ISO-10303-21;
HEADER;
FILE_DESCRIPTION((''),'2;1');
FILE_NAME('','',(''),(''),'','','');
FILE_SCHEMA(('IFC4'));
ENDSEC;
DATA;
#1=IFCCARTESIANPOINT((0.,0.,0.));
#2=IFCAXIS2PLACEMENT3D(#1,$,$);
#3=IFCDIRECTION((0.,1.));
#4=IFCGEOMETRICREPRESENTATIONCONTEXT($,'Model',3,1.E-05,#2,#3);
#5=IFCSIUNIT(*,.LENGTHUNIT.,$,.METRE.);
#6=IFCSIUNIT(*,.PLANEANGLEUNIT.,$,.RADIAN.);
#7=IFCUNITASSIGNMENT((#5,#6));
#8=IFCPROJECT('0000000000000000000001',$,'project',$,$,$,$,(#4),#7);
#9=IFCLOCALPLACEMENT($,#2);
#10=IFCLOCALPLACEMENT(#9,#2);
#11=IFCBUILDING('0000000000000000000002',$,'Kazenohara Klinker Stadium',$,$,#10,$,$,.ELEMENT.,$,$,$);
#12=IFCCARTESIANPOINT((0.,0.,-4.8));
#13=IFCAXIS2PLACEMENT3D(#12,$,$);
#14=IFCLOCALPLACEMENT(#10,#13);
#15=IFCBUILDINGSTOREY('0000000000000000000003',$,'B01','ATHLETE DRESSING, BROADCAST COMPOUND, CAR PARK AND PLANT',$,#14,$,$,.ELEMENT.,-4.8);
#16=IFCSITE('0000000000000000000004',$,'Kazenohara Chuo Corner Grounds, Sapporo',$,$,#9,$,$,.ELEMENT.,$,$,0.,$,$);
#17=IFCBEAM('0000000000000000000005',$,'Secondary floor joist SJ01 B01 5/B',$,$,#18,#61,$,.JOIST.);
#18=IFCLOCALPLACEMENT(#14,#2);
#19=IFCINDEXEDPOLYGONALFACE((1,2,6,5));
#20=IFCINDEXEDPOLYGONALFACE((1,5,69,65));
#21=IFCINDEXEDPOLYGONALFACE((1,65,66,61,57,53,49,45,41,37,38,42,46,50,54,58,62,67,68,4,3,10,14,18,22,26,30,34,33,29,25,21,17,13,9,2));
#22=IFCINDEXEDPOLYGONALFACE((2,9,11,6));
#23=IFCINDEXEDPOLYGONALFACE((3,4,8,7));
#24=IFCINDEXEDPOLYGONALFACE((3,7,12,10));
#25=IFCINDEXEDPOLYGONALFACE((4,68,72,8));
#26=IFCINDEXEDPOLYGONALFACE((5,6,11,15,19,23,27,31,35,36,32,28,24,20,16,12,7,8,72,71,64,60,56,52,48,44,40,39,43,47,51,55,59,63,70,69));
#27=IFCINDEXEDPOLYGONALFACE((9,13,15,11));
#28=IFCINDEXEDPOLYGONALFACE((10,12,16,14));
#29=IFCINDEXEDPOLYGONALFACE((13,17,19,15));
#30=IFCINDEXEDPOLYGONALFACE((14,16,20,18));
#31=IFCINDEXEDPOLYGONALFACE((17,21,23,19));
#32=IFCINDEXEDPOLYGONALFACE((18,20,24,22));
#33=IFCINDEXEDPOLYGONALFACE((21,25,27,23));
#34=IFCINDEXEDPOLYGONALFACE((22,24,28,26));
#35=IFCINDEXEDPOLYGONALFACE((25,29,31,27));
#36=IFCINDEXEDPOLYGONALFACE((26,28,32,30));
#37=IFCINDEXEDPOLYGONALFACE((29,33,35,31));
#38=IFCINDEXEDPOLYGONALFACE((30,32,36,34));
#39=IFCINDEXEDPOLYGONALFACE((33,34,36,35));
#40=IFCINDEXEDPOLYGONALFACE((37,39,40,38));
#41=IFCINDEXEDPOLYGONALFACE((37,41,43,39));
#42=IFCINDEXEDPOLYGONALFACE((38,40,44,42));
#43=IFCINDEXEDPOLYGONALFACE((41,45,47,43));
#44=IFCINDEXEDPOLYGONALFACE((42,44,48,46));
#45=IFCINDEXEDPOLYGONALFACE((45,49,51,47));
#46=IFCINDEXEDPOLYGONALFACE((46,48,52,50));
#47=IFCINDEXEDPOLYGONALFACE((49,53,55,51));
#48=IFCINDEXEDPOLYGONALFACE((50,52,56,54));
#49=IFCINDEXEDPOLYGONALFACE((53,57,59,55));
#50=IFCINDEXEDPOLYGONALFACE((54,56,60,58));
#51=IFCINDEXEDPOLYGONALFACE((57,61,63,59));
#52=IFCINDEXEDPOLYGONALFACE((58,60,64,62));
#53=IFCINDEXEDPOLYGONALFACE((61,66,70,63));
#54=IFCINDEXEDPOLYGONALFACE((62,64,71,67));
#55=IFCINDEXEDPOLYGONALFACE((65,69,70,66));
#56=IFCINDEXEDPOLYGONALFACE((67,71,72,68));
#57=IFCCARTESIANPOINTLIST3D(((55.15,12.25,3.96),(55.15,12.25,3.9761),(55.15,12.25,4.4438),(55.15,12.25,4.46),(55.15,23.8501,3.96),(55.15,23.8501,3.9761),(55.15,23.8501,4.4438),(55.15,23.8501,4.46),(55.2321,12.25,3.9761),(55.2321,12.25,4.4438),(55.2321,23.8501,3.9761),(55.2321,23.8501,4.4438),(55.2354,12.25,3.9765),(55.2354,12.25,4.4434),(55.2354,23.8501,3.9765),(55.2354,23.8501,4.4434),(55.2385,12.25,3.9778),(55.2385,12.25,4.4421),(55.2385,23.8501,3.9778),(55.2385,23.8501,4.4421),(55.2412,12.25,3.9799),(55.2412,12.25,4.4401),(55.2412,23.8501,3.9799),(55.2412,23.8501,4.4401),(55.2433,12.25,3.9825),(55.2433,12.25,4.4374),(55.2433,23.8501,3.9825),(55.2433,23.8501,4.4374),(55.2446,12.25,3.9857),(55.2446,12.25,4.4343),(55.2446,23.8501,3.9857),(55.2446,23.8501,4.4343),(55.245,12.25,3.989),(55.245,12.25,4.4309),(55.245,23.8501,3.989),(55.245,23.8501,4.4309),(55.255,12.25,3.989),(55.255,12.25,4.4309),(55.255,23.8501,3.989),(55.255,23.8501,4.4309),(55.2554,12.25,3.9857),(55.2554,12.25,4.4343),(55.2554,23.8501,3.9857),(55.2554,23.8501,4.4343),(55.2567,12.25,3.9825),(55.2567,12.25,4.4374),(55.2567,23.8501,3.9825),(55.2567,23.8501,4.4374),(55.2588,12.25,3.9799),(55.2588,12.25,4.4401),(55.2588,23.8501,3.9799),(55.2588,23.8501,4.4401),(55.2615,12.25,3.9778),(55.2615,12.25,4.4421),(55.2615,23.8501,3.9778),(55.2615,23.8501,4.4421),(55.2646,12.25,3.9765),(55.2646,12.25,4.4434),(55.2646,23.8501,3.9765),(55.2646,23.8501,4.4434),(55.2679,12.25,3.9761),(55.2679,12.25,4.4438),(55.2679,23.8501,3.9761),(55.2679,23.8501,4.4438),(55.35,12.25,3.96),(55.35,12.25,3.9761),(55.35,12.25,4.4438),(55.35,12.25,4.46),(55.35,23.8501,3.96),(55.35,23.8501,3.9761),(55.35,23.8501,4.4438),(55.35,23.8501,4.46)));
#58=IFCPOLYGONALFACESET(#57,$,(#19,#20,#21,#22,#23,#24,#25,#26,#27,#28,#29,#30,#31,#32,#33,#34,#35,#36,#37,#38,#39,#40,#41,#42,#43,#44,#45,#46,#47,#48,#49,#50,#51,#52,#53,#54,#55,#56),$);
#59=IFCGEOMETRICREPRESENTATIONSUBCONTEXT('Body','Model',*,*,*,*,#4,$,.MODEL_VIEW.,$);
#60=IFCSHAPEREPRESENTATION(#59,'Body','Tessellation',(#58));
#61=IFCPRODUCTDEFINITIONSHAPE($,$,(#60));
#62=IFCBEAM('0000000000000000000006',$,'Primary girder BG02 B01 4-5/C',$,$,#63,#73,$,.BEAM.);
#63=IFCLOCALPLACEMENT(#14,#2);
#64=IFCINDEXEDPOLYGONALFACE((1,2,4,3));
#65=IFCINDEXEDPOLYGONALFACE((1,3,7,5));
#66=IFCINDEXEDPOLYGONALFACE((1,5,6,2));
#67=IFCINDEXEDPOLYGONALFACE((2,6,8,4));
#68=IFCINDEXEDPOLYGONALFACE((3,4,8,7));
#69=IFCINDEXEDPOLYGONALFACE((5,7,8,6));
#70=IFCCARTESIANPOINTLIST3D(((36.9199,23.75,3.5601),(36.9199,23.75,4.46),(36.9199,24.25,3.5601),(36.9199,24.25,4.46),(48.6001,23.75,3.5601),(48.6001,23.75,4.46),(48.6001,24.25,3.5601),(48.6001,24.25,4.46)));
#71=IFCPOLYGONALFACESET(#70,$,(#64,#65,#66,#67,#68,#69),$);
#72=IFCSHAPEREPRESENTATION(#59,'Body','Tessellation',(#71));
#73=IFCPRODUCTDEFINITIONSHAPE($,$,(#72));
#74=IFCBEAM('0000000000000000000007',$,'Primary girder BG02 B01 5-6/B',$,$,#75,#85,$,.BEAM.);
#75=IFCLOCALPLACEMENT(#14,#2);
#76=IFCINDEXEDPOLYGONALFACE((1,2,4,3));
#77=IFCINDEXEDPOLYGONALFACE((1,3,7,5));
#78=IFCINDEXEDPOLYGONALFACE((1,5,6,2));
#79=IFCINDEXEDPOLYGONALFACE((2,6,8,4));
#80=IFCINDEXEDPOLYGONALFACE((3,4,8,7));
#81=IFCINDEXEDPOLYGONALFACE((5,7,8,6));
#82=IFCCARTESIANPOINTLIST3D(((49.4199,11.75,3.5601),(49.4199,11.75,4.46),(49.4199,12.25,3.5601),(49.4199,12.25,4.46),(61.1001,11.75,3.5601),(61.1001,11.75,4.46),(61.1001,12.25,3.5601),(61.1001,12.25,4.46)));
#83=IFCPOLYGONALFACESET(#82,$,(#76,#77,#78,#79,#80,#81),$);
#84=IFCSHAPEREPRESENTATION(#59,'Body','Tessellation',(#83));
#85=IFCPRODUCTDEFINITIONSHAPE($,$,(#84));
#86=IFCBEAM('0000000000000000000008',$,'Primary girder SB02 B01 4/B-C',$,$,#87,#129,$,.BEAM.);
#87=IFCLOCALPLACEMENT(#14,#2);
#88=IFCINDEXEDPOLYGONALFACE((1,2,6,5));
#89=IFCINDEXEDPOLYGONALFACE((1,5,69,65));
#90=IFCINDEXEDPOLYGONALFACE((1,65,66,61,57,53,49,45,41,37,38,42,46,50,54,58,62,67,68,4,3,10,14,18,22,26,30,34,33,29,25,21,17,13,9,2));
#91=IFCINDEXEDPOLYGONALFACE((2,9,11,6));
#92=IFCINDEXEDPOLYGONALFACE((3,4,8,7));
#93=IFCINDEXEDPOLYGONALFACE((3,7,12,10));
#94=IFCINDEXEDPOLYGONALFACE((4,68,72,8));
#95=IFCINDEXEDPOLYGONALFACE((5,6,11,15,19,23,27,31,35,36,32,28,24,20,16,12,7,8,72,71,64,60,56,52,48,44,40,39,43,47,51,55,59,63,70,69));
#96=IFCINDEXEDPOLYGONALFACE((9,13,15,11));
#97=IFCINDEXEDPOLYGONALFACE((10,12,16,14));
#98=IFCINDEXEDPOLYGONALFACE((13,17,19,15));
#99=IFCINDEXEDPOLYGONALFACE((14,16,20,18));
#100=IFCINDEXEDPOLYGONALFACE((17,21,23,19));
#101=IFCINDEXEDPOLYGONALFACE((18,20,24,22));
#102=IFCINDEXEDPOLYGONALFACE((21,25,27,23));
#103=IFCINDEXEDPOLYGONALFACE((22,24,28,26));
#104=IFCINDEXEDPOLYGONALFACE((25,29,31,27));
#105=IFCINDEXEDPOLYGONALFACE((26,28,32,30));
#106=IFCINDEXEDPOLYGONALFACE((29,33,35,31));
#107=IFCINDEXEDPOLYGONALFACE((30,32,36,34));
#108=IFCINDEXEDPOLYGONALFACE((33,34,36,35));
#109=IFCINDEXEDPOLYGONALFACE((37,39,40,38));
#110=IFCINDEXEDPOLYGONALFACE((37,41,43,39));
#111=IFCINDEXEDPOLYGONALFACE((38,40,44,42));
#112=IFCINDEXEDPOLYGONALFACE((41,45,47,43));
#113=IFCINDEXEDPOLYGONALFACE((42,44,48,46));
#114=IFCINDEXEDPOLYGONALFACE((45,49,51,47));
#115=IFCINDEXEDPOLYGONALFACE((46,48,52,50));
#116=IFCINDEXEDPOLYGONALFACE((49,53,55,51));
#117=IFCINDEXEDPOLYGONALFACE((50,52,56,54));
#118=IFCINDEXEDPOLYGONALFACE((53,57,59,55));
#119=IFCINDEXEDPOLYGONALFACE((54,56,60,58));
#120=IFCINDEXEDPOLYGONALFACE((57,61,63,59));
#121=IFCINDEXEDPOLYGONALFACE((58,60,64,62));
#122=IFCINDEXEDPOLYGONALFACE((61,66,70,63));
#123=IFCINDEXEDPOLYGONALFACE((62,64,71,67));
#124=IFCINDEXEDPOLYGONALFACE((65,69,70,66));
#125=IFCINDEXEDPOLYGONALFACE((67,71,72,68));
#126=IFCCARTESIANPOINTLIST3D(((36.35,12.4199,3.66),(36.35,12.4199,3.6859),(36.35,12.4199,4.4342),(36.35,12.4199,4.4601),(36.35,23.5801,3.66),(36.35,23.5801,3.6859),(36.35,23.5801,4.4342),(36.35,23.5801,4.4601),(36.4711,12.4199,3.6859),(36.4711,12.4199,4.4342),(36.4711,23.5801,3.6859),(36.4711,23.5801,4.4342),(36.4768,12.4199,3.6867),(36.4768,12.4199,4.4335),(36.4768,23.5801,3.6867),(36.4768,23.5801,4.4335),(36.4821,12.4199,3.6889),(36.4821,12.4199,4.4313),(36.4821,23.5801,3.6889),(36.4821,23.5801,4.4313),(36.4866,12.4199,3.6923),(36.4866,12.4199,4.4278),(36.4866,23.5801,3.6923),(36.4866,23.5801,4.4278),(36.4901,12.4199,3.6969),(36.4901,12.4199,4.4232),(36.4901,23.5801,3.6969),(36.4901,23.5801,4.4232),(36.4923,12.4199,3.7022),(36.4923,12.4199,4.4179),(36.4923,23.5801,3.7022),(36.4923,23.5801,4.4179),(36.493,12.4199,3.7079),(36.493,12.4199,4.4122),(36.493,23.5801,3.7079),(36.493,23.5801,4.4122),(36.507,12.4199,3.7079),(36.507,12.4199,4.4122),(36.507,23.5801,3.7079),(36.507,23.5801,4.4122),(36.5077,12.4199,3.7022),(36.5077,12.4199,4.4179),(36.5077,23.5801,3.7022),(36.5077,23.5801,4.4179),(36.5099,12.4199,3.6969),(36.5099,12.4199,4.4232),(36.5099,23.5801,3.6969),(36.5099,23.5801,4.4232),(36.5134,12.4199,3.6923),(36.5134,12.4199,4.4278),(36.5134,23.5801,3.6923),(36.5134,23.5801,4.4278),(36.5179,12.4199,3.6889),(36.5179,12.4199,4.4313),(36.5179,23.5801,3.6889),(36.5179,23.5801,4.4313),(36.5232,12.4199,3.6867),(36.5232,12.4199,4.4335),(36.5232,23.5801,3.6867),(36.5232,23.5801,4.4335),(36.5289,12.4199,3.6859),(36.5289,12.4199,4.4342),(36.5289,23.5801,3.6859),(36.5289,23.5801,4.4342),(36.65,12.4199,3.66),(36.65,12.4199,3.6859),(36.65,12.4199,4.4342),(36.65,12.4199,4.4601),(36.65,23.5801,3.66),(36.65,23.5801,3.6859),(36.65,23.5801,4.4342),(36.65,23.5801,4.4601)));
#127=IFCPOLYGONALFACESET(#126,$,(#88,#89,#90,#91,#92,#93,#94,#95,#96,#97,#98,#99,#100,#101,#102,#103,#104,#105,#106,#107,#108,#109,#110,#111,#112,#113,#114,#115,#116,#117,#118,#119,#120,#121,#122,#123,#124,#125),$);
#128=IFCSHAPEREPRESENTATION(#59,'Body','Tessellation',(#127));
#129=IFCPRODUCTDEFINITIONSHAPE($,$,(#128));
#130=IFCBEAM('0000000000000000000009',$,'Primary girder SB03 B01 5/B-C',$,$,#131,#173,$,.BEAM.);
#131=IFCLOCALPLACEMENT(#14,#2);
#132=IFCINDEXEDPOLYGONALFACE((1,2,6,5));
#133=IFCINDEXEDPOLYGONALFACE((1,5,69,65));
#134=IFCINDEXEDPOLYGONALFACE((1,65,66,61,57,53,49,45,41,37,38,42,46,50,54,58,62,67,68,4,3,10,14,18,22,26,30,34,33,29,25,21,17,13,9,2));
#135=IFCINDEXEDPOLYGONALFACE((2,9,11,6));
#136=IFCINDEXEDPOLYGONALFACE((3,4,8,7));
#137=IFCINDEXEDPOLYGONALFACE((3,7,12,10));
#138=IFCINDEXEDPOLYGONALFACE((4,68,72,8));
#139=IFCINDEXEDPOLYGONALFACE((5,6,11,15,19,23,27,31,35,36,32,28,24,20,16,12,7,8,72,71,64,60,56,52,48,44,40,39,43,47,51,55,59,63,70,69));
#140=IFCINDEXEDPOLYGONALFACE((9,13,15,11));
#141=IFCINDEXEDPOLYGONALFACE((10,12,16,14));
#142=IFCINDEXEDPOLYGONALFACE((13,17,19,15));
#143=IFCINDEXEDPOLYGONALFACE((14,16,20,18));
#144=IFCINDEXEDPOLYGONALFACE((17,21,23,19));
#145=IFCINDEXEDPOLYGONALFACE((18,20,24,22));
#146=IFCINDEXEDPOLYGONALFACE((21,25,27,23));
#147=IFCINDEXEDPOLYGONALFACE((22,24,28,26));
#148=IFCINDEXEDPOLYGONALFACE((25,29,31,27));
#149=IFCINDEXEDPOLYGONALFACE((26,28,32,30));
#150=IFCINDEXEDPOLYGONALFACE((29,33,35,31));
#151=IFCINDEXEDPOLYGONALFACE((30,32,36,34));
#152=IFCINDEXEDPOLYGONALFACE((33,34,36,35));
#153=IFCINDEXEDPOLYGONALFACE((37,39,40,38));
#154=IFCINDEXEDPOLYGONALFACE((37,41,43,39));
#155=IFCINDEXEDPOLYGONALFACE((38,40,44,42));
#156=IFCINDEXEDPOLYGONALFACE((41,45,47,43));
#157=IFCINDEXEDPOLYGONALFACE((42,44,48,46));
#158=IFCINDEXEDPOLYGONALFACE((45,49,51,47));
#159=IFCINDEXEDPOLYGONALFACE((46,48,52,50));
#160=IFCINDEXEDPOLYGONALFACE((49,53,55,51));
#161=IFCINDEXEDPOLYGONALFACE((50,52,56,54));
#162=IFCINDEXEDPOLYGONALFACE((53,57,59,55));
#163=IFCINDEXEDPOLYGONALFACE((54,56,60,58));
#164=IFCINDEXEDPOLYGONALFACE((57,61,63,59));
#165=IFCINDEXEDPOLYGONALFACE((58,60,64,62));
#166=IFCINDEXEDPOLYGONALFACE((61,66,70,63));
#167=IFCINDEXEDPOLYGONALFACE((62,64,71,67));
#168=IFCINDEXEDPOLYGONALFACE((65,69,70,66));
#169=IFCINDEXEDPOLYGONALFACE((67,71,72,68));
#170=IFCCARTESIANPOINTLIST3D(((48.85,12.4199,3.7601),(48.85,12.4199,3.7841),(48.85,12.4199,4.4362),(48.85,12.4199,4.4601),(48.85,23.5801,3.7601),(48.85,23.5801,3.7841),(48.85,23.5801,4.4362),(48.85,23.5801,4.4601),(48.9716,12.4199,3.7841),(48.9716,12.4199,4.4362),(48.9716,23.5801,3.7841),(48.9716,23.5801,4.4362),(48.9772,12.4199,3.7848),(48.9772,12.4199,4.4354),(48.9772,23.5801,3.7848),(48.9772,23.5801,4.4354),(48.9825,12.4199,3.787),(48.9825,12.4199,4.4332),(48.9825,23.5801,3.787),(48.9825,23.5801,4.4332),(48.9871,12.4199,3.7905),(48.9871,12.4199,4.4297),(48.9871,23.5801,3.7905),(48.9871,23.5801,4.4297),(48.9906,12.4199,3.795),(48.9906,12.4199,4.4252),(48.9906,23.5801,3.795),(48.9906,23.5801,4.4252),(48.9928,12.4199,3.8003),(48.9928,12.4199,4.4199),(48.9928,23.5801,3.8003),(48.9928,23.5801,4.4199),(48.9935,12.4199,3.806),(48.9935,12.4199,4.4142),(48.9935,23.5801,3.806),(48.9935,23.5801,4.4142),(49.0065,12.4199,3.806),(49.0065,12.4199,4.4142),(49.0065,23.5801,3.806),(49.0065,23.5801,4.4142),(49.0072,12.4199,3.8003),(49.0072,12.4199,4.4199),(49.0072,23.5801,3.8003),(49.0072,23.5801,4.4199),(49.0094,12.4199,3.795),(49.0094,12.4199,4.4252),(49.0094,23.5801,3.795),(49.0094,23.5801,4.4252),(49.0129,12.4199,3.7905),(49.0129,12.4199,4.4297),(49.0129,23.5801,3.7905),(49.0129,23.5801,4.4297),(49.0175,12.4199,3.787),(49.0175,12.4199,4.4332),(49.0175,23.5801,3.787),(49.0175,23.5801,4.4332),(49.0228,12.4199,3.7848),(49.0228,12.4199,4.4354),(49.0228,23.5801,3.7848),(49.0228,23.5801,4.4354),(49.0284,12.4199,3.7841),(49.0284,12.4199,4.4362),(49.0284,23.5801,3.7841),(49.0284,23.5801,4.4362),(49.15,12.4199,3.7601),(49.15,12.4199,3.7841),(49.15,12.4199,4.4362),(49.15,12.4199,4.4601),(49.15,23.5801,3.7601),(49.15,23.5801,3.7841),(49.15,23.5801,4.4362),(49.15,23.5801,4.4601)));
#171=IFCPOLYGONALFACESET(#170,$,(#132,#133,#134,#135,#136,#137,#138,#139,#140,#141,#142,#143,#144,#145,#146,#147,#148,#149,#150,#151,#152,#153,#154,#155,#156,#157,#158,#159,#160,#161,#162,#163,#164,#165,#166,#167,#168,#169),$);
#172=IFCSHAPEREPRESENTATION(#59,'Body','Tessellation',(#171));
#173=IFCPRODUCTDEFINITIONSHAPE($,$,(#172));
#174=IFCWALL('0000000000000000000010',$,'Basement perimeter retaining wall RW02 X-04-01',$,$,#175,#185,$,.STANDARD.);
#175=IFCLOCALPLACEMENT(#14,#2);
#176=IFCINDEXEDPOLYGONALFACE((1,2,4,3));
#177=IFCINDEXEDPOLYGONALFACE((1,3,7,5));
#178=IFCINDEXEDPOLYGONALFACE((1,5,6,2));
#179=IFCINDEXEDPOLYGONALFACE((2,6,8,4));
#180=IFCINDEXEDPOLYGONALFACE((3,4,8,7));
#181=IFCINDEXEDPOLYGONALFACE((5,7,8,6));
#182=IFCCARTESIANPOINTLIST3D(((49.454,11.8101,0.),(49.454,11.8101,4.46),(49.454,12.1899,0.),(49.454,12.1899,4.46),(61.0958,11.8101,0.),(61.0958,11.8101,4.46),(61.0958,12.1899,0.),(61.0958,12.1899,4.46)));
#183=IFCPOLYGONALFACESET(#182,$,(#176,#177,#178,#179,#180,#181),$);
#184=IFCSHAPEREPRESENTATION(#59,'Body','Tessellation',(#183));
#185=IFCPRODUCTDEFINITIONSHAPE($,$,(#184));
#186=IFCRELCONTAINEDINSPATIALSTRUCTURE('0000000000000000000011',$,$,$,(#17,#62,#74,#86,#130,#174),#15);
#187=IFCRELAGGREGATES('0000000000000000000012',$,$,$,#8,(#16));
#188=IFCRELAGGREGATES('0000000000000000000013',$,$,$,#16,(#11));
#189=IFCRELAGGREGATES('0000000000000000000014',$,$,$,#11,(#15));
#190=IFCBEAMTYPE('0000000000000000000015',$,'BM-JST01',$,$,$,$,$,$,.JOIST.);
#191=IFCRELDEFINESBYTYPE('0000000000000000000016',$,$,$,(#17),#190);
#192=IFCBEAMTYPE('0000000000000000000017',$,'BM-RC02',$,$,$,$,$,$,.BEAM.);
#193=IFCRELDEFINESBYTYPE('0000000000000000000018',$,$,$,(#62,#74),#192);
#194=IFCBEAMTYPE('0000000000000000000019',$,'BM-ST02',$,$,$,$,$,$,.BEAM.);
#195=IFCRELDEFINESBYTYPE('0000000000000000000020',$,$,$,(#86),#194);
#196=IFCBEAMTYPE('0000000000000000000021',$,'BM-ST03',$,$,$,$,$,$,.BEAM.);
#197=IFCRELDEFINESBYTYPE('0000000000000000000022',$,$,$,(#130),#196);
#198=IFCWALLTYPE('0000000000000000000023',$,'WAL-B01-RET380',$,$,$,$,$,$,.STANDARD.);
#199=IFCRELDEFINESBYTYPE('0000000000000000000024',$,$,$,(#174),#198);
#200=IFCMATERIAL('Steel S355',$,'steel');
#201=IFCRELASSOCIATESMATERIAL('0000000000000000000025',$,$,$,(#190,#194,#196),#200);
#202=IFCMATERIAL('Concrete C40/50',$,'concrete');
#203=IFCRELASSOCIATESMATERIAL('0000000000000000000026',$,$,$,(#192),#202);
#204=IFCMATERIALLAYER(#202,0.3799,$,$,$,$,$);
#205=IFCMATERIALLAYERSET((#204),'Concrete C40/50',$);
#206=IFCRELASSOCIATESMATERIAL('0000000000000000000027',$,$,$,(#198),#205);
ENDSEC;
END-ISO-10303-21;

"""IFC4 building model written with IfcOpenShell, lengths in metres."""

from ifc_helpers import new_model, si_unit, direction, frame, frame_2d, origin, origin_2d, place, context, subcontext, project, spatial, rectangle, i_section, extrude, material, layer, layer_set, material_profile, profile_set, type_object, element, save


model = new_model("IFC4")

# Units and contexts
model_context = context("Model", 3, precision=1e-05, world=origin(), true_north=direction((0.0, 1.0)))
body_context = subcontext(model_context, "Body", "Model", "MODEL_VIEW")
ifc_project = project(units=[si_unit("LENGTHUNIT", "METRE"), si_unit("PLANEANGLEUNIT", "RADIAN")], contexts=[model_context])

# Site, building, storey
site_placement = place(None, origin())
site = spatial("IfcSite", under=ifc_project, at=site_placement, Name="Kazenohara Chuo Corner Grounds, Sapporo", CompositionType="ELEMENT", RefElevation=0.0)
building_placement = place(site_placement, origin())
building = spatial("IfcBuilding", under=site, at=building_placement, Name="Kazenohara Klinker Stadium", CompositionType="ELEMENT")
storey_placement = place(building_placement, frame((0.0, 0.0, -4.8)))
storey = spatial("IfcBuildingStorey", under=building, at=storey_placement, Name="B01", Description="ATHLETE DRESSING, BROADCAST COMPOUND, CAR PARK AND PLANT", CompositionType="ELEMENT", Elevation=-4.8)

# Shared definitions
ifc_material_1 = material(Name="Concrete C40/50", Category="concrete")

# Beams
ifc_material_2 = material(Name="Steel S355", Category="steel")
ifc_material_profile_1 = material_profile(ifc_material_2, i_section(OverallWidth=0.2, OverallDepth=0.5, WebThickness=0.01, FlangeThickness=0.0161, FilletRadius=0.0129, at=origin_2d()), Name="H-500x200x10x16")
ifc_profile_set_1 = profile_set([ifc_material_profile_1], Name="Steel S355")
beam_type_1 = type_object("IfcBeamType", Name="BM-JST01", PredefinedType="JOIST", material=ifc_profile_set_1)
beam_1_placement = place(storey_placement, frame((55.25, 12.25, 4.21), z_axis=(0.0, 1.0, 0.0), x_axis=(-1.0, 0.0, 0.0)))
element("IfcBeam", 1, at=beam_1_placement, inside=storey, type_object=beam_type_1, Name="Secondary floor joist SJ01 B01 5/B", PredefinedType="JOIST", context=body_context, shape_type="SweptSolid", body=[
    extrude(i_section(OverallWidth=0.2, OverallDepth=0.5, WebThickness=0.01, FlangeThickness=0.0161, FilletRadius=0.0129, at=origin_2d()), origin(), (0.0, 0.0, 1.0), 11.6001),
])
ifc_material_profile_2 = material_profile(ifc_material_1, rectangle(XDim=0.5, YDim=0.8999, at=origin_2d()), Name="RC-BM-500x900")
ifc_profile_set_2 = profile_set([ifc_material_profile_2], Name="Concrete C40/50")
beam_type_2 = type_object("IfcBeamType", Name="BM-RC02", PredefinedType="BEAM", material=ifc_profile_set_2)
for number, where, z_axis, x_axis, name in (
    (2, (36.9199, 24.0, 4.01), (1.0, 0.0, 0.0), (0.0, 1.0, 0.0), "Primary girder BG02 B01 4-5/C"),
    (3, (49.4199, 12.0, 4.01), (1.0, 0.0, 0.0), (0.0, 1.0, 0.0), "Primary girder BG02 B01 5-6/B"),
):
    element("IfcBeam", number, at=place(storey_placement, frame(where, z_axis=z_axis, x_axis=x_axis)), inside=storey, type_object=beam_type_2, Name=name, PredefinedType="BEAM", context=body_context, shape_type="SweptSolid", body=[
        extrude(rectangle(XDim=0.5, YDim=0.8999, at=origin_2d()), origin(), (0.0, 0.0, 1.0), 11.6802),
    ])
ifc_material_profile_3 = material_profile(ifc_material_2, i_section(OverallWidth=0.3, OverallDepth=0.8, WebThickness=0.0139, FlangeThickness=0.0259, FilletRadius=0.022, at=origin_2d()), Name="H-800x300x14x26")
ifc_profile_set_3 = profile_set([ifc_material_profile_3], Name="Steel S355")
beam_type_3 = type_object("IfcBeamType", Name="BM-ST02", PredefinedType="BEAM", material=ifc_profile_set_3)
beam_2_placement = place(storey_placement, frame((36.5, 12.4199, 4.0601), z_axis=(0.0, 1.0, 0.0), x_axis=(-1.0, 0.0, 0.0)))
element("IfcBeam", 4, at=beam_2_placement, inside=storey, type_object=beam_type_3, Name="Primary girder SB02 B01 4/B-C", PredefinedType="BEAM", context=body_context, shape_type="SweptSolid", body=[
    extrude(i_section(OverallWidth=0.3, OverallDepth=0.8, WebThickness=0.0139, FlangeThickness=0.0259, FilletRadius=0.022, at=origin_2d()), origin(), (0.0, 0.0, 1.0), 11.1602),
])
ifc_material_profile_4 = material_profile(ifc_material_2, i_section(OverallWidth=0.3, OverallDepth=0.7, WebThickness=0.0129, FlangeThickness=0.0239, FilletRadius=0.022, at=origin_2d()), Name="H-700x300x13x24")
ifc_profile_set_4 = profile_set([ifc_material_profile_4], Name="Steel S355")
beam_type_4 = type_object("IfcBeamType", Name="BM-ST03", PredefinedType="BEAM", material=ifc_profile_set_4)
beam_3_placement = place(storey_placement, frame((49.0, 12.4199, 4.1101), z_axis=(0.0, 1.0, 0.0), x_axis=(-1.0, 0.0, 0.0)))
element("IfcBeam", 5, at=beam_3_placement, inside=storey, type_object=beam_type_4, Name="Primary girder SB03 B01 5/B-C", PredefinedType="BEAM", context=body_context, shape_type="SweptSolid", body=[
    extrude(i_section(OverallWidth=0.3, OverallDepth=0.7, WebThickness=0.0129, FlangeThickness=0.0239, FilletRadius=0.022, at=origin_2d()), origin(), (0.0, 0.0, 1.0), 11.1602),
])

# Wall
ifc_layer_1 = layer(ifc_material_1, 0.3799)
ifc_layer_set_1 = layer_set([ifc_layer_1], Name="Concrete C40/50")
wall_type_1 = type_object("IfcWallType", Name="WAL-B01-RET380", PredefinedType="STANDARD", material=ifc_layer_set_1)
wall_1_placement = place(storey_placement, frame((49.4541, 12.0, 0.0), z_axis=(0.0, 0.0, 1.0), x_axis=(1.0, 0.0, 0.0)))
element("IfcWall", 6, at=wall_1_placement, inside=storey, type_object=wall_type_1, Name="Basement perimeter retaining wall RW02 X-04-01", PredefinedType="STANDARD", context=body_context, shape_type="SweptSolid", body=[
    extrude(rectangle(XDim=11.6418, YDim=0.3799, at=frame_2d((5.8208, 0.0))), origin(), (0.0, 0.0, 1.0), 4.46),
])

save(model, "model.ifc")
